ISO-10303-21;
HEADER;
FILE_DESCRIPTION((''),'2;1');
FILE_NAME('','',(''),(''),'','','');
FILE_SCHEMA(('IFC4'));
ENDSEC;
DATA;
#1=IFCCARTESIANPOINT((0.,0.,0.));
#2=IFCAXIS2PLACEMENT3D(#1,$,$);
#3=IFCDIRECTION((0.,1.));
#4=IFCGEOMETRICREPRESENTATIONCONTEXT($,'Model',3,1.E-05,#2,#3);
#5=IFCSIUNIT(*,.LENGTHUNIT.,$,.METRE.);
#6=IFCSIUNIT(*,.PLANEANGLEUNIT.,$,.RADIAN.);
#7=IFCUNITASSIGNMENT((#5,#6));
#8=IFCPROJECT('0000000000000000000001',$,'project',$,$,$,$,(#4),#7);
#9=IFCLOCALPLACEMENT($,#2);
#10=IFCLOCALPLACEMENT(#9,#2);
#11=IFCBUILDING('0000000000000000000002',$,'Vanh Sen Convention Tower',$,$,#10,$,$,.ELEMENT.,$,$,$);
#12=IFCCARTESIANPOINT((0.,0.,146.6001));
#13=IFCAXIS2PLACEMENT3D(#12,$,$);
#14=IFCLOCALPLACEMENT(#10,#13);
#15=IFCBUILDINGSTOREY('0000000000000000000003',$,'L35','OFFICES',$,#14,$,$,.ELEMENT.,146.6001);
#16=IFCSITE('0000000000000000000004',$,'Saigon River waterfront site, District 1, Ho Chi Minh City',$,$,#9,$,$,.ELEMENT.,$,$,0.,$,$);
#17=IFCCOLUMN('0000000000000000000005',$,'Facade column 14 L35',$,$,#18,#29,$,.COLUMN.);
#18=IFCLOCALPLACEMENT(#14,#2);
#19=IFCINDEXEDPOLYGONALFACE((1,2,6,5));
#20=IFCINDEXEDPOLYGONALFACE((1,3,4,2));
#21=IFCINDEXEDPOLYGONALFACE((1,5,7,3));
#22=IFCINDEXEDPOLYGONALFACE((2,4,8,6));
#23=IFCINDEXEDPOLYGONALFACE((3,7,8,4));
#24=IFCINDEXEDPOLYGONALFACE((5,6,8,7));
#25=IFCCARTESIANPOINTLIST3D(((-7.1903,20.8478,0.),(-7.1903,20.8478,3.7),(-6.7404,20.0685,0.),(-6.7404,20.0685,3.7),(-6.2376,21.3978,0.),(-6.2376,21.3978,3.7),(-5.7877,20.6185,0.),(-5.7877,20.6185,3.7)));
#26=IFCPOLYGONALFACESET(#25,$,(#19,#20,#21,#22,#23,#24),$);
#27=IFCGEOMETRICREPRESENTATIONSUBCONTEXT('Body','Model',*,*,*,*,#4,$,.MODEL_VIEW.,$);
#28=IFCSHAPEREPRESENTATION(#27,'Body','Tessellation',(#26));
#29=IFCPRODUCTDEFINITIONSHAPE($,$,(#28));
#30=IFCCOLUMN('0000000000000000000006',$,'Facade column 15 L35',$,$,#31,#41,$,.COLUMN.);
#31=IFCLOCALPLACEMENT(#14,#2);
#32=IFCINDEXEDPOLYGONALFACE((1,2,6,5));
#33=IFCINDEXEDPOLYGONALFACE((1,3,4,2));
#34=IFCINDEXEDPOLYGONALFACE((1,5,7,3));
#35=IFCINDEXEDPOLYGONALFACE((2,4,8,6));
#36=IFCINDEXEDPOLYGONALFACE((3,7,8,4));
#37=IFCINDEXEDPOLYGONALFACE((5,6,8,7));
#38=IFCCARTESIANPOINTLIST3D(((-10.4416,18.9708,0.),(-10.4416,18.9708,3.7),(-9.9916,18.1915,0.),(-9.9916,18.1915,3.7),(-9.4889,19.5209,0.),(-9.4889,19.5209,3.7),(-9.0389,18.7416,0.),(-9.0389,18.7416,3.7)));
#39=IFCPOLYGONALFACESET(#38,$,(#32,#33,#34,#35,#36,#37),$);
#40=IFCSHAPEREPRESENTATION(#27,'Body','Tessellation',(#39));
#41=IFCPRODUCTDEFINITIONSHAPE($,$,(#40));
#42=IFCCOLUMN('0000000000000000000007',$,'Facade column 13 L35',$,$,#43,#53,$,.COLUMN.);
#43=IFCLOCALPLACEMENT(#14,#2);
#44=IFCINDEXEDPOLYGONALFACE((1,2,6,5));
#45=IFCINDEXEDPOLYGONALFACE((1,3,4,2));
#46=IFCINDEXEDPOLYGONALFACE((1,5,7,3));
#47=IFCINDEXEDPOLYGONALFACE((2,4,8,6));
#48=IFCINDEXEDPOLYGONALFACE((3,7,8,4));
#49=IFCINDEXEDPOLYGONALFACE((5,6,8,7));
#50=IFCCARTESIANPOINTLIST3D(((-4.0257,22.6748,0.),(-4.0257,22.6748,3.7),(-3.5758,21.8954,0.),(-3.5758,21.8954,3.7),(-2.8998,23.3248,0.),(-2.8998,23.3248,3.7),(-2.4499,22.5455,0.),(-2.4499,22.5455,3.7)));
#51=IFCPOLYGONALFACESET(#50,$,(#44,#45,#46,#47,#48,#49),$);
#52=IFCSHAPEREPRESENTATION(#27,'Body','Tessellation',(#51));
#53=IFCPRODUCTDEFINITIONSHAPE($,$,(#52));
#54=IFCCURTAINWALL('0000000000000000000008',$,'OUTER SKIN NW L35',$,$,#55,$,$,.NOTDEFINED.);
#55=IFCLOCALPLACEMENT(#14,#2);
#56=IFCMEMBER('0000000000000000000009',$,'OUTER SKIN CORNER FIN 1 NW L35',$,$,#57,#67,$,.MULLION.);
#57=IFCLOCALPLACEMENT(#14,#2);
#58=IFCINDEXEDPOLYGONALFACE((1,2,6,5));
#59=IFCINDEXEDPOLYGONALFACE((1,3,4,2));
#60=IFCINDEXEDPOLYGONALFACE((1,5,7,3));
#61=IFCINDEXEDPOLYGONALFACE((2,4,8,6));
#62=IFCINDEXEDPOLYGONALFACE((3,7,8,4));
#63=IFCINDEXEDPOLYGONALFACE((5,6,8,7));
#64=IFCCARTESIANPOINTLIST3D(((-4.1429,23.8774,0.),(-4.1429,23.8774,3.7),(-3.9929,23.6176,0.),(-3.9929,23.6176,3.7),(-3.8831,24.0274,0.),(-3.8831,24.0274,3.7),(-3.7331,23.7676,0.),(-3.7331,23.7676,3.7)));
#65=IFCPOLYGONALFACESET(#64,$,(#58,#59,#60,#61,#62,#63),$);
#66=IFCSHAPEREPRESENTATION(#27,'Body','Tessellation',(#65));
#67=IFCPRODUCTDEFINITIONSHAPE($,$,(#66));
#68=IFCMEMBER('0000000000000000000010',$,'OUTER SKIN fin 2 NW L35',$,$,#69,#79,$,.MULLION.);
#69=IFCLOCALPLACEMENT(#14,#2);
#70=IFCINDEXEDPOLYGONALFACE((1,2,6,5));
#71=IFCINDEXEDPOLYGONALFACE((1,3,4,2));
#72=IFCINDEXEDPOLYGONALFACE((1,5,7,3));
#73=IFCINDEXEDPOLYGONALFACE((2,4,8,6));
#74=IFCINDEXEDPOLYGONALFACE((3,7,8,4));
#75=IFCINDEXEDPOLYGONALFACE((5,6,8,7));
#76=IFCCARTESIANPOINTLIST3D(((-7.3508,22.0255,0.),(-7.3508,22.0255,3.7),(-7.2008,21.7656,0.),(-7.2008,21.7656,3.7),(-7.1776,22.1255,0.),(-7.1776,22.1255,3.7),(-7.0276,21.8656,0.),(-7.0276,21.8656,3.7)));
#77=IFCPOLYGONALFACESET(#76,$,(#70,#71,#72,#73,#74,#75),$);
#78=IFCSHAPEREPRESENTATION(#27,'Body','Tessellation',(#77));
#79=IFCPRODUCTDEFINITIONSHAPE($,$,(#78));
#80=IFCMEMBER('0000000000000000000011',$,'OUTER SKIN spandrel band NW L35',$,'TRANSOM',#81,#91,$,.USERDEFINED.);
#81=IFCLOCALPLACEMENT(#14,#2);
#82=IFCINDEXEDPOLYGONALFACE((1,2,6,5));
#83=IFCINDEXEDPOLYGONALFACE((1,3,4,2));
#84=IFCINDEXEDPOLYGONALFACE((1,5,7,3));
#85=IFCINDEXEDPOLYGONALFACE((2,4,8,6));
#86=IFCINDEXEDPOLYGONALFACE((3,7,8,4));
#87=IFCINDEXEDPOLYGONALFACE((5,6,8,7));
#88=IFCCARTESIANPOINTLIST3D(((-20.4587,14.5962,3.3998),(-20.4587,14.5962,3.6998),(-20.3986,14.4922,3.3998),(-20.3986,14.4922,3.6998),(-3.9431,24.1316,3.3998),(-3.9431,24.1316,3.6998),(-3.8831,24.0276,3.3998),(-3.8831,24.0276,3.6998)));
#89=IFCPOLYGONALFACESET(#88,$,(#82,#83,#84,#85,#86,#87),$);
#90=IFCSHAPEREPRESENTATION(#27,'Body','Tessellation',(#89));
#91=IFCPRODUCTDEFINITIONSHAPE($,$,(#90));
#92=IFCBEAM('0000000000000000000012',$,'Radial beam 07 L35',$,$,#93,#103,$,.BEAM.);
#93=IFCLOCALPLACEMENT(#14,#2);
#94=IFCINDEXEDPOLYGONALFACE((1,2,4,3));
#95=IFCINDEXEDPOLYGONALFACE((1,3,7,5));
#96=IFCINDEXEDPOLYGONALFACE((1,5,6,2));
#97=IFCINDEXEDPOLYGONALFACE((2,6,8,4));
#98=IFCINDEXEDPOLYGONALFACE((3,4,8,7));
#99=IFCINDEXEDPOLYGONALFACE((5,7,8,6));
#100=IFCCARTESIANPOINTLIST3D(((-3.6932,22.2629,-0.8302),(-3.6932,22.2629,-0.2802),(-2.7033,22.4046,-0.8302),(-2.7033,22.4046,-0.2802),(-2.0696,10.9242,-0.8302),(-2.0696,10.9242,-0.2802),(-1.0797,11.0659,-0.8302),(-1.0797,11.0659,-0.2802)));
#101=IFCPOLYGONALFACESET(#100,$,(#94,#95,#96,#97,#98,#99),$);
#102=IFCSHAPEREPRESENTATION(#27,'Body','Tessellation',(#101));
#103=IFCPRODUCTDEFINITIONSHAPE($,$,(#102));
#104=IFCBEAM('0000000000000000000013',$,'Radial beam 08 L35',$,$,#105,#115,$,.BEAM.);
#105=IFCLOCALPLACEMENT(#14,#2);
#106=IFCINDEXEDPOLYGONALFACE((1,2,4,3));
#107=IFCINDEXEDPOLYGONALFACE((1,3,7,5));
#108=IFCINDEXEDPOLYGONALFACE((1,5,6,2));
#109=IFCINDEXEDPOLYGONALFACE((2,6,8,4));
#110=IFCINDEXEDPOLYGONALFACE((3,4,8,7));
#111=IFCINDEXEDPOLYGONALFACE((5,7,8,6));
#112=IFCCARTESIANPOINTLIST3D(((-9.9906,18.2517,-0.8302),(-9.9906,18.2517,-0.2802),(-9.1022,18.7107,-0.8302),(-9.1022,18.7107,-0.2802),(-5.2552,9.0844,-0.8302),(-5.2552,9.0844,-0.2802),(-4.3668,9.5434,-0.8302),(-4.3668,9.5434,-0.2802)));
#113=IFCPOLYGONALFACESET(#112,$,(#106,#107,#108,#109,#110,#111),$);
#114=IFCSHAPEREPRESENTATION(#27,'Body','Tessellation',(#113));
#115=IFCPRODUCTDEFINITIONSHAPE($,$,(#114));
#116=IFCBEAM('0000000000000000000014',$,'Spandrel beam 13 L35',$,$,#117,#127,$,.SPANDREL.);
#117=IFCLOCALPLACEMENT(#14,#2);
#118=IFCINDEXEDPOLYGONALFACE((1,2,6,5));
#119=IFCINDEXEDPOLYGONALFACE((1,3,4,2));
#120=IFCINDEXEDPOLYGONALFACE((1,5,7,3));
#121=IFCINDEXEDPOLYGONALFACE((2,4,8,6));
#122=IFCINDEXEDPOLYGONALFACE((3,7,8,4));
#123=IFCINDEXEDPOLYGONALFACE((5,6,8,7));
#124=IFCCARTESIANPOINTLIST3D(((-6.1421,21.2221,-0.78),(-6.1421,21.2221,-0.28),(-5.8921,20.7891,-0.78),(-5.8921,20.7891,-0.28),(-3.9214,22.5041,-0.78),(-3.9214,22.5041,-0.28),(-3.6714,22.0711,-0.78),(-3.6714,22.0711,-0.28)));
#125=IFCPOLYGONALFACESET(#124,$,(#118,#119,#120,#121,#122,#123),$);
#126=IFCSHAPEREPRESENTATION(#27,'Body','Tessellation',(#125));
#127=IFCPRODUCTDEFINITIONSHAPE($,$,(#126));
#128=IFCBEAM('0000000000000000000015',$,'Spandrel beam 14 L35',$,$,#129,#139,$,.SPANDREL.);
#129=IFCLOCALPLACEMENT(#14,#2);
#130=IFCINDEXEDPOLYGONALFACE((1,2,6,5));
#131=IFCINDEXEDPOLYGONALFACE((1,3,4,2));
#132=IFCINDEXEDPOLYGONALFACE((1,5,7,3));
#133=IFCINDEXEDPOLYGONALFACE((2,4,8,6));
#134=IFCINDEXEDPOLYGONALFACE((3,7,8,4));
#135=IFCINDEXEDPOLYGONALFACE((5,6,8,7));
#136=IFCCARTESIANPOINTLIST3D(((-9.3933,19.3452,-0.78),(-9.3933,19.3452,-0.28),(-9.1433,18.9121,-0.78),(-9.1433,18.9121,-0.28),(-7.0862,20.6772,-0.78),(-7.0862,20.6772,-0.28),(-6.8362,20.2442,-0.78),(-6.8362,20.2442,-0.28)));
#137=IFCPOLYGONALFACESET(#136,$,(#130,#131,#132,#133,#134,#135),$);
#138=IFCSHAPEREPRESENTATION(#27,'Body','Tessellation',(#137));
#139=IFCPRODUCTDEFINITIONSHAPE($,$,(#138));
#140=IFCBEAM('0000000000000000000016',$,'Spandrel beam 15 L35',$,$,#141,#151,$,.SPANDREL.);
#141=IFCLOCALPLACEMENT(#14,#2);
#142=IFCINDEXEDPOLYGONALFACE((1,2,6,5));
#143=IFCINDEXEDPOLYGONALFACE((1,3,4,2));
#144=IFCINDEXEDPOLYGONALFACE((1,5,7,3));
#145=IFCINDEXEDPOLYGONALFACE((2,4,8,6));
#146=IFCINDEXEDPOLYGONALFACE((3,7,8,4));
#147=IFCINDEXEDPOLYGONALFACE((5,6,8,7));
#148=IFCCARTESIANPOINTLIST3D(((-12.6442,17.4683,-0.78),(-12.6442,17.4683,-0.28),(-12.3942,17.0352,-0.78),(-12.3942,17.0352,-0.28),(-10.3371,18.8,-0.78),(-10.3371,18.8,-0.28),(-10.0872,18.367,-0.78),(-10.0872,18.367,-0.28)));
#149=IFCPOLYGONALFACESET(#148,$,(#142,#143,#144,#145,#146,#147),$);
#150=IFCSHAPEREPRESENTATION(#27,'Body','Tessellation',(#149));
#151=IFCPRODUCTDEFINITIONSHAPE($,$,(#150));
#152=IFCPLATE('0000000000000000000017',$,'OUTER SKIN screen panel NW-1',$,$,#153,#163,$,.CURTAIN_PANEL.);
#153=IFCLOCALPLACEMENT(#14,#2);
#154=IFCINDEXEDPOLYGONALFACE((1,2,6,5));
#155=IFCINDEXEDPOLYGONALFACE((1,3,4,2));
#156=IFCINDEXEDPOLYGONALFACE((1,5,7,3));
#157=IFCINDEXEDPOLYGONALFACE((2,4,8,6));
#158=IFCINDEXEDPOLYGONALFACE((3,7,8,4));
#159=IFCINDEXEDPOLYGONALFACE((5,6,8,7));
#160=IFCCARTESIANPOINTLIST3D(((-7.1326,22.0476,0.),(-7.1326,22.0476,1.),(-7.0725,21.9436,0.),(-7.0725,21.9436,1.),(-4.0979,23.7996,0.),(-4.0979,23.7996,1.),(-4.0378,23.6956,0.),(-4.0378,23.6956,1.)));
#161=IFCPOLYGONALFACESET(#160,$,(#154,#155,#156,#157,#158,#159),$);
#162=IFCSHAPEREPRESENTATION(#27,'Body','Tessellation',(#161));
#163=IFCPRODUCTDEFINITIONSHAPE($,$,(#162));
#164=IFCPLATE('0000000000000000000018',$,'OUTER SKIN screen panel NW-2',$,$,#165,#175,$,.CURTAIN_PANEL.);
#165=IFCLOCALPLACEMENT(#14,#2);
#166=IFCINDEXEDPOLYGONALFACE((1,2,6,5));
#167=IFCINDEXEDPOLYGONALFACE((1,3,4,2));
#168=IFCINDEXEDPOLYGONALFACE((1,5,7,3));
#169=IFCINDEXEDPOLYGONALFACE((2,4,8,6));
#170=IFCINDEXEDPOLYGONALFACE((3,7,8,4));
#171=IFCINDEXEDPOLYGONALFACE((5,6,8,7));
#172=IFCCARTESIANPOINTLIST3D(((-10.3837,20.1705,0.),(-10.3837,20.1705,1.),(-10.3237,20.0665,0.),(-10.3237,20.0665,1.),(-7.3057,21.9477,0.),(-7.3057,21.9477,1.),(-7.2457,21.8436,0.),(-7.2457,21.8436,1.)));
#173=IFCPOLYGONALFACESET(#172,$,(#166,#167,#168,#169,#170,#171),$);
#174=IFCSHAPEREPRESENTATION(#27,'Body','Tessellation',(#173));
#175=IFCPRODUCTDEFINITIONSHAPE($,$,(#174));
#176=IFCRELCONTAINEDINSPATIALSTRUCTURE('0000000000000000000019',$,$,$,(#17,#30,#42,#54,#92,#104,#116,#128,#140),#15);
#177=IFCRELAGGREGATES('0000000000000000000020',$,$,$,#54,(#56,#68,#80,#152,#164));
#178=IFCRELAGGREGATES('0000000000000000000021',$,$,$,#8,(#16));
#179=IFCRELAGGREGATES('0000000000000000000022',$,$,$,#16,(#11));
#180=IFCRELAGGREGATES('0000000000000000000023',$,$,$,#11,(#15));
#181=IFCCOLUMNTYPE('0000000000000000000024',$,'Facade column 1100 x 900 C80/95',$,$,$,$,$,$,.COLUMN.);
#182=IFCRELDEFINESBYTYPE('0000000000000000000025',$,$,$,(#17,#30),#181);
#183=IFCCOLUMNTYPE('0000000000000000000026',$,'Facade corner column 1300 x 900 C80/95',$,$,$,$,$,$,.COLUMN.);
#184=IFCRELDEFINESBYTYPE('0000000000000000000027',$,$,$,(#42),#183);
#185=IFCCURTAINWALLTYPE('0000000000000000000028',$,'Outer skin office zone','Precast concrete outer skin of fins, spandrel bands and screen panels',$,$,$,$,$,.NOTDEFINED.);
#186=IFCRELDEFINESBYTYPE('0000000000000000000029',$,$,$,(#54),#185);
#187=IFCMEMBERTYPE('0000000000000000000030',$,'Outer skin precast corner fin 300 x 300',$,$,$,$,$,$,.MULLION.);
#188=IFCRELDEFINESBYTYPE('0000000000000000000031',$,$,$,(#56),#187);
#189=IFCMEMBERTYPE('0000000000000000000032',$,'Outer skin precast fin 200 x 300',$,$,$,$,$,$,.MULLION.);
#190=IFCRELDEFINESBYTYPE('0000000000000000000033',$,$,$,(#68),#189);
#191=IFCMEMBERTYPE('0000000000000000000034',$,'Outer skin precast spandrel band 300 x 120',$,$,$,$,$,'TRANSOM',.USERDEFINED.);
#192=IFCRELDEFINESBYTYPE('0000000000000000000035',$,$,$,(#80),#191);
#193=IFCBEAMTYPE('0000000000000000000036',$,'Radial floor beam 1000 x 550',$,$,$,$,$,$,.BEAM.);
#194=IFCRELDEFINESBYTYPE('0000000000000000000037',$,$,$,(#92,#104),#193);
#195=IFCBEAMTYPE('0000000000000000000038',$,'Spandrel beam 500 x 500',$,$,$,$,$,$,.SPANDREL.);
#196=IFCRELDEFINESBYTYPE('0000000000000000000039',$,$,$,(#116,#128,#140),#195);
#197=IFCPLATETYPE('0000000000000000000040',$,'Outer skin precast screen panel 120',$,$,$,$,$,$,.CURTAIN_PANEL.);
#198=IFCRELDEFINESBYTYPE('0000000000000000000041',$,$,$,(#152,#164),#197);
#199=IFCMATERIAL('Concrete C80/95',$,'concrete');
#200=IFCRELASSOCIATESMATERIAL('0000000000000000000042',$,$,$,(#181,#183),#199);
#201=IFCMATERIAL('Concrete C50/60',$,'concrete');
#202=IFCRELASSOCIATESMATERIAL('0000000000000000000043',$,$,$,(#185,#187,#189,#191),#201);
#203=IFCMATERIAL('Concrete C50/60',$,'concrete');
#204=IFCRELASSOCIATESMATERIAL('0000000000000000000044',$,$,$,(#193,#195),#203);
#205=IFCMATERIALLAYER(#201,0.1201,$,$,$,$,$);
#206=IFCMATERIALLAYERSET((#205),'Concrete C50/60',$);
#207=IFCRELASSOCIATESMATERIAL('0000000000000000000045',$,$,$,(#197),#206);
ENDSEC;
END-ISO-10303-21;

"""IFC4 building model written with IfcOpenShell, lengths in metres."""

from ifc_helpers import new_model, si_unit, direction, frame, origin, origin_2d, place, context, subcontext, project, spatial, rectangle, extrude, material, layer, layer_set, material_profile, profile_set, type_object, element, aggregate, save


model = new_model("IFC4")

# Units and contexts
model_context = context("Model", 3, precision=1e-05, world=origin(), true_north=direction((0.0, 1.0)))
body_context = subcontext(model_context, "Body", "Model", "MODEL_VIEW")
ifc_project = project(units=[si_unit("LENGTHUNIT", "METRE"), si_unit("PLANEANGLEUNIT", "RADIAN")], contexts=[model_context])

# Site, building, storey
site_placement = place(None, origin())
site = spatial("IfcSite", under=ifc_project, at=site_placement, Name="Saigon River waterfront site, District 1, Ho Chi Minh City", CompositionType="ELEMENT", RefElevation=0.0)
building_placement = place(site_placement, origin())
building = spatial("IfcBuilding", under=site, at=building_placement, Name="Vanh Sen Convention Tower", CompositionType="ELEMENT")
storey_placement = place(building_placement, frame((0.0, 0.0, 146.6001)))
storey = spatial("IfcBuildingStorey", under=building, at=storey_placement, Name="L35", Description="OFFICES", CompositionType="ELEMENT", Elevation=146.6001)

# Columns
ifc_material_1 = material(Name="Concrete C80/95", Category="concrete")
ifc_material_profile_1 = material_profile(ifc_material_1, rectangle(XDim=1.1001, YDim=0.8999, at=origin_2d()), Name="RC 1100X900")
ifc_profile_set_1 = profile_set([ifc_material_profile_1], Name="Concrete C80/95")
column_type_1 = type_object("IfcColumnType", Name="Facade column 1100 x 900 C80/95", PredefinedType="COLUMN", material=ifc_profile_set_1)
for number, where, z_axis, x_axis, name in (
    (1, (-6.489, 20.7332, 0.0), (0.0, 0.0, 1.0), (-0.866025, -0.5, 0.0), "Facade column 14 L35"),
    (2, (-9.7402, 18.8562, 0.0), (0.0, 0.0, 1.0), (-0.866025, -0.5, 0.0), "Facade column 15 L35"),
):
    element("IfcColumn", number, at=place(storey_placement, frame(where, z_axis=z_axis, x_axis=x_axis)), inside=storey, type_object=column_type_1, Name=name, PredefinedType="COLUMN", context=body_context, shape_type="SweptSolid", body=[
        extrude(rectangle(XDim=1.1001, YDim=0.8999, at=origin_2d()), origin(), (0.0, 0.0, 1.0), 3.7),
    ])
ifc_material_profile_2 = material_profile(ifc_material_1, rectangle(XDim=1.3, YDim=0.8999, at=origin_2d()), Name="RC 1300X900")
ifc_profile_set_2 = profile_set([ifc_material_profile_2], Name="Concrete C80/95")
column_type_2 = type_object("IfcColumnType", Name="Facade corner column 1300 x 900 C80/95", PredefinedType="COLUMN", material=ifc_profile_set_2)
column_placement = place(storey_placement, frame((-3.2378, 22.6101, 0.0), z_axis=(0.0, 0.0, 1.0), x_axis=(-0.866025, -0.5, 0.0)))
element("IfcColumn", 3, at=column_placement, inside=storey, type_object=column_type_2, Name="Facade column 13 L35", PredefinedType="COLUMN", context=body_context, shape_type="SweptSolid", body=[
    extrude(rectangle(XDim=1.3, YDim=0.8999, at=origin_2d()), origin(), (0.0, 0.0, 1.0), 3.7),
])

# Curtain wall, members
ifc_material_2 = material(Name="Concrete C50/60", Category="concrete")
curtain_wall_type = type_object("IfcCurtainWallType", Name="Outer skin office zone", Description="Precast concrete outer skin of fins, spandrel bands and screen panels", PredefinedType="NOTDEFINED", material=ifc_material_2)
curtain_wall_placement = place(storey_placement, origin())
curtain_wall = element("IfcCurtainWall", 4, at=curtain_wall_placement, inside=storey, type_object=curtain_wall_type, Name="OUTER SKIN NW L35", PredefinedType="NOTDEFINED")
ifc_material_profile_3 = material_profile(ifc_material_2, rectangle(XDim=0.3, YDim=0.3, at=origin_2d()), Name="Outer skin precast corner fin 300 x 300")
ifc_profile_set_3 = profile_set([ifc_material_profile_3], Name="Concrete C50/60")
member_type_1 = type_object("IfcMemberType", Name="Outer skin precast corner fin 300 x 300", PredefinedType="MULLION", material=ifc_profile_set_3)
member_1_placement = place(storey_placement, frame((-3.938, 23.8225, 0.0), z_axis=(0.0, 0.0, 1.0), x_axis=(-0.866025, -0.5, 0.0)))
member_1 = element("IfcMember", 5, at=member_1_placement, type_object=member_type_1, Name="OUTER SKIN CORNER FIN 1 NW L35", PredefinedType="MULLION", context=body_context, shape_type="SweptSolid", body=[
    extrude(rectangle(XDim=0.3, YDim=0.3, at=origin_2d()), origin(), (0.0, 0.0, 1.0), 3.7),
])
ifc_material_profile_4 = material_profile(ifc_material_2, rectangle(XDim=0.2, YDim=0.3, at=origin_2d()), Name="Outer skin precast fin 200 x 300")
ifc_profile_set_4 = profile_set([ifc_material_profile_4], Name="Concrete C50/60")
member_type_2 = type_object("IfcMemberType", Name="Outer skin precast fin 200 x 300", PredefinedType="MULLION", material=ifc_profile_set_4)
member_2_placement = place(storey_placement, frame((-7.1892, 21.9456, 0.0), z_axis=(0.0, 0.0, 1.0), x_axis=(-0.866025, -0.5, 0.0)))
member_2 = element("IfcMember", 6, at=member_2_placement, type_object=member_type_2, Name="OUTER SKIN fin 2 NW L35", PredefinedType="MULLION", context=body_context, shape_type="SweptSolid", body=[
    extrude(rectangle(XDim=0.2, YDim=0.3, at=origin_2d()), origin(), (0.0, 0.0, 1.0), 3.7),
])
ifc_material_profile_5 = material_profile(ifc_material_2, rectangle(XDim=0.1201, YDim=0.3, at=origin_2d()), Name="Outer skin precast spandrel band 300 x 120")
ifc_profile_set_5 = profile_set([ifc_material_profile_5], Name="Concrete C50/60")
member_type_3 = type_object("IfcMemberType", Name="Outer skin precast spandrel band 300 x 120", ElementType="TRANSOM", PredefinedType="USERDEFINED", material=ifc_profile_set_5)
member_3_placement = place(storey_placement, frame((-3.9131, 24.0796, 3.5498), z_axis=(-0.866023, -0.500004, 0.0), x_axis=(0.500004, -0.866023, 0.0)))
member_3 = element("IfcMember", 7, at=member_3_placement, type_object=member_type_3, Name="OUTER SKIN spandrel band NW L35", ObjectType="TRANSOM", PredefinedType="USERDEFINED", context=body_context, shape_type="SweptSolid", body=[
    extrude(rectangle(XDim=0.1201, YDim=0.3, at=origin_2d()), origin(), (0.0, 0.0, 1.0), 19.0706),
])

# Beams
ifc_material_3 = material(Name="Concrete C50/60", Category="concrete")
ifc_material_profile_6 = material_profile(ifc_material_3, rectangle(XDim=1.0, YDim=0.55, at=origin_2d()), Name="RC 1000X550")
ifc_profile_set_6 = profile_set([ifc_material_profile_6], Name="Concrete C50/60")
beam_type_1 = type_object("IfcBeamType", Name="Radial floor beam 1000 x 550", PredefinedType="BEAM", material=ifc_profile_set_6)
beam_1_placement = place(storey_placement, frame((-3.1982, 22.3337, -0.5552), z_axis=(0.141741, -0.989904, 0.0), x_axis=(0.989904, 0.141741, 0.0)))
element("IfcBeam", 8, at=beam_1_placement, inside=storey, type_object=beam_type_1, Name="Radial beam 07 L35", PredefinedType="BEAM", context=body_context, shape_type="SweptSolid", body=[
    extrude(rectangle(XDim=1.0, YDim=0.55, at=origin_2d()), origin(), (0.0, 0.0, 1.0), 11.4543),
])
beam_2_placement = place(storey_placement, frame((-9.5464, 18.4812, -0.5552), z_axis=(0.458939, -0.888468, 0.0), x_axis=(0.888468, 0.458939, 0.0)))
element("IfcBeam", 9, at=beam_2_placement, inside=storey, type_object=beam_type_1, Name="Radial beam 08 L35", PredefinedType="BEAM", context=body_context, shape_type="SweptSolid", body=[
    extrude(rectangle(XDim=1.0, YDim=0.55, at=origin_2d()), origin(), (0.0, 0.0, 1.0), 10.3181),
])
ifc_material_profile_7 = material_profile(ifc_material_3, rectangle(XDim=0.5, YDim=0.5, at=origin_2d()), Name="RC 500X500")
ifc_profile_set_7 = profile_set([ifc_material_profile_7], Name="Concrete C50/60")
beam_type_2 = type_object("IfcBeamType", Name="Spandrel beam 500 x 500", PredefinedType="SPANDREL", material=ifc_profile_set_7)
beam_3_placement = place(storey_placement, frame((-3.7964, 22.2876, -0.53), z_axis=(-0.866049, -0.499959, 0.0), x_axis=(0.499959, -0.866049, 0.0)))
element("IfcBeam", 10, at=beam_3_placement, inside=storey, type_object=beam_type_2, Name="Spandrel beam 13 L35", PredefinedType="SPANDREL", context=body_context, shape_type="SweptSolid", body=[
    extrude(rectangle(XDim=0.5, YDim=0.5, at=origin_2d()), origin(), (0.0, 0.0, 1.0), 2.5642),
])
beam_4_placement = place(storey_placement, frame((-6.9612, 20.4607, -0.53), z_axis=(-0.866024, -0.500003, 0.0), x_axis=(0.500003, -0.866024, 0.0)))
element("IfcBeam", 11, at=beam_4_placement, inside=storey, type_object=beam_type_2, Name="Spandrel beam 14 L35", PredefinedType="SPANDREL", context=body_context, shape_type="SweptSolid", body=[
    extrude(rectangle(XDim=0.5, YDim=0.5, at=origin_2d()), origin(), (0.0, 0.0, 1.0), 2.6641),
])
beam_5_placement = place(storey_placement, frame((-10.2122, 18.5835, -0.53), z_axis=(-0.866063, -0.499934, 0.0), x_axis=(0.499934, -0.866063, 0.0)))
element("IfcBeam", 12, at=beam_5_placement, inside=storey, type_object=beam_type_2, Name="Spandrel beam 15 L35", PredefinedType="SPANDREL", context=body_context, shape_type="SweptSolid", body=[
    extrude(rectangle(XDim=0.5, YDim=0.5, at=origin_2d()), origin(), (0.0, 0.0, 1.0), 2.6638),
])

# Plates
ifc_layer_1 = layer(ifc_material_2, 0.1201)
ifc_layer_set_1 = layer_set([ifc_layer_1], Name="Concrete C50/60")
plate_type = type_object("IfcPlateType", Name="Outer skin precast screen panel 120", PredefinedType="CURTAIN_PANEL", material=ifc_layer_set_1)
plate_1_placement = place(storey_placement, frame((-5.5852, 22.8716, 0.0), z_axis=(0.0, 0.0, 1.0), x_axis=(-0.866035, -0.499983, 0.0)))
plate_1 = element("IfcPlate", 13, at=plate_1_placement, type_object=plate_type, Name="OUTER SKIN screen panel NW-1", PredefinedType="CURTAIN_PANEL", context=body_context, shape_type="SweptSolid", body=[
    extrude(rectangle(XDim=3.5042, YDim=0.1201, at=origin_2d()), origin(), (0.0, 0.0, 1.0), 1.0),
])
plate_2_placement = place(storey_placement, frame((-8.8147, 21.0071, 0.0), z_axis=(0.0, 0.0, 1.0), x_axis=(-0.866017, -0.500015, 0.0)))
plate_2 = element("IfcPlate", 14, at=plate_2_placement, type_object=plate_type, Name="OUTER SKIN screen panel NW-2", PredefinedType="CURTAIN_PANEL", context=body_context, shape_type="SweptSolid", body=[
    extrude(rectangle(XDim=3.5542, YDim=0.1201, at=origin_2d()), origin(), (0.0, 0.0, 1.0), 1.0),
])
aggregate(curtain_wall, [member_1, member_2, member_3, plate_1, plate_2])

save(model, "model.ifc")
